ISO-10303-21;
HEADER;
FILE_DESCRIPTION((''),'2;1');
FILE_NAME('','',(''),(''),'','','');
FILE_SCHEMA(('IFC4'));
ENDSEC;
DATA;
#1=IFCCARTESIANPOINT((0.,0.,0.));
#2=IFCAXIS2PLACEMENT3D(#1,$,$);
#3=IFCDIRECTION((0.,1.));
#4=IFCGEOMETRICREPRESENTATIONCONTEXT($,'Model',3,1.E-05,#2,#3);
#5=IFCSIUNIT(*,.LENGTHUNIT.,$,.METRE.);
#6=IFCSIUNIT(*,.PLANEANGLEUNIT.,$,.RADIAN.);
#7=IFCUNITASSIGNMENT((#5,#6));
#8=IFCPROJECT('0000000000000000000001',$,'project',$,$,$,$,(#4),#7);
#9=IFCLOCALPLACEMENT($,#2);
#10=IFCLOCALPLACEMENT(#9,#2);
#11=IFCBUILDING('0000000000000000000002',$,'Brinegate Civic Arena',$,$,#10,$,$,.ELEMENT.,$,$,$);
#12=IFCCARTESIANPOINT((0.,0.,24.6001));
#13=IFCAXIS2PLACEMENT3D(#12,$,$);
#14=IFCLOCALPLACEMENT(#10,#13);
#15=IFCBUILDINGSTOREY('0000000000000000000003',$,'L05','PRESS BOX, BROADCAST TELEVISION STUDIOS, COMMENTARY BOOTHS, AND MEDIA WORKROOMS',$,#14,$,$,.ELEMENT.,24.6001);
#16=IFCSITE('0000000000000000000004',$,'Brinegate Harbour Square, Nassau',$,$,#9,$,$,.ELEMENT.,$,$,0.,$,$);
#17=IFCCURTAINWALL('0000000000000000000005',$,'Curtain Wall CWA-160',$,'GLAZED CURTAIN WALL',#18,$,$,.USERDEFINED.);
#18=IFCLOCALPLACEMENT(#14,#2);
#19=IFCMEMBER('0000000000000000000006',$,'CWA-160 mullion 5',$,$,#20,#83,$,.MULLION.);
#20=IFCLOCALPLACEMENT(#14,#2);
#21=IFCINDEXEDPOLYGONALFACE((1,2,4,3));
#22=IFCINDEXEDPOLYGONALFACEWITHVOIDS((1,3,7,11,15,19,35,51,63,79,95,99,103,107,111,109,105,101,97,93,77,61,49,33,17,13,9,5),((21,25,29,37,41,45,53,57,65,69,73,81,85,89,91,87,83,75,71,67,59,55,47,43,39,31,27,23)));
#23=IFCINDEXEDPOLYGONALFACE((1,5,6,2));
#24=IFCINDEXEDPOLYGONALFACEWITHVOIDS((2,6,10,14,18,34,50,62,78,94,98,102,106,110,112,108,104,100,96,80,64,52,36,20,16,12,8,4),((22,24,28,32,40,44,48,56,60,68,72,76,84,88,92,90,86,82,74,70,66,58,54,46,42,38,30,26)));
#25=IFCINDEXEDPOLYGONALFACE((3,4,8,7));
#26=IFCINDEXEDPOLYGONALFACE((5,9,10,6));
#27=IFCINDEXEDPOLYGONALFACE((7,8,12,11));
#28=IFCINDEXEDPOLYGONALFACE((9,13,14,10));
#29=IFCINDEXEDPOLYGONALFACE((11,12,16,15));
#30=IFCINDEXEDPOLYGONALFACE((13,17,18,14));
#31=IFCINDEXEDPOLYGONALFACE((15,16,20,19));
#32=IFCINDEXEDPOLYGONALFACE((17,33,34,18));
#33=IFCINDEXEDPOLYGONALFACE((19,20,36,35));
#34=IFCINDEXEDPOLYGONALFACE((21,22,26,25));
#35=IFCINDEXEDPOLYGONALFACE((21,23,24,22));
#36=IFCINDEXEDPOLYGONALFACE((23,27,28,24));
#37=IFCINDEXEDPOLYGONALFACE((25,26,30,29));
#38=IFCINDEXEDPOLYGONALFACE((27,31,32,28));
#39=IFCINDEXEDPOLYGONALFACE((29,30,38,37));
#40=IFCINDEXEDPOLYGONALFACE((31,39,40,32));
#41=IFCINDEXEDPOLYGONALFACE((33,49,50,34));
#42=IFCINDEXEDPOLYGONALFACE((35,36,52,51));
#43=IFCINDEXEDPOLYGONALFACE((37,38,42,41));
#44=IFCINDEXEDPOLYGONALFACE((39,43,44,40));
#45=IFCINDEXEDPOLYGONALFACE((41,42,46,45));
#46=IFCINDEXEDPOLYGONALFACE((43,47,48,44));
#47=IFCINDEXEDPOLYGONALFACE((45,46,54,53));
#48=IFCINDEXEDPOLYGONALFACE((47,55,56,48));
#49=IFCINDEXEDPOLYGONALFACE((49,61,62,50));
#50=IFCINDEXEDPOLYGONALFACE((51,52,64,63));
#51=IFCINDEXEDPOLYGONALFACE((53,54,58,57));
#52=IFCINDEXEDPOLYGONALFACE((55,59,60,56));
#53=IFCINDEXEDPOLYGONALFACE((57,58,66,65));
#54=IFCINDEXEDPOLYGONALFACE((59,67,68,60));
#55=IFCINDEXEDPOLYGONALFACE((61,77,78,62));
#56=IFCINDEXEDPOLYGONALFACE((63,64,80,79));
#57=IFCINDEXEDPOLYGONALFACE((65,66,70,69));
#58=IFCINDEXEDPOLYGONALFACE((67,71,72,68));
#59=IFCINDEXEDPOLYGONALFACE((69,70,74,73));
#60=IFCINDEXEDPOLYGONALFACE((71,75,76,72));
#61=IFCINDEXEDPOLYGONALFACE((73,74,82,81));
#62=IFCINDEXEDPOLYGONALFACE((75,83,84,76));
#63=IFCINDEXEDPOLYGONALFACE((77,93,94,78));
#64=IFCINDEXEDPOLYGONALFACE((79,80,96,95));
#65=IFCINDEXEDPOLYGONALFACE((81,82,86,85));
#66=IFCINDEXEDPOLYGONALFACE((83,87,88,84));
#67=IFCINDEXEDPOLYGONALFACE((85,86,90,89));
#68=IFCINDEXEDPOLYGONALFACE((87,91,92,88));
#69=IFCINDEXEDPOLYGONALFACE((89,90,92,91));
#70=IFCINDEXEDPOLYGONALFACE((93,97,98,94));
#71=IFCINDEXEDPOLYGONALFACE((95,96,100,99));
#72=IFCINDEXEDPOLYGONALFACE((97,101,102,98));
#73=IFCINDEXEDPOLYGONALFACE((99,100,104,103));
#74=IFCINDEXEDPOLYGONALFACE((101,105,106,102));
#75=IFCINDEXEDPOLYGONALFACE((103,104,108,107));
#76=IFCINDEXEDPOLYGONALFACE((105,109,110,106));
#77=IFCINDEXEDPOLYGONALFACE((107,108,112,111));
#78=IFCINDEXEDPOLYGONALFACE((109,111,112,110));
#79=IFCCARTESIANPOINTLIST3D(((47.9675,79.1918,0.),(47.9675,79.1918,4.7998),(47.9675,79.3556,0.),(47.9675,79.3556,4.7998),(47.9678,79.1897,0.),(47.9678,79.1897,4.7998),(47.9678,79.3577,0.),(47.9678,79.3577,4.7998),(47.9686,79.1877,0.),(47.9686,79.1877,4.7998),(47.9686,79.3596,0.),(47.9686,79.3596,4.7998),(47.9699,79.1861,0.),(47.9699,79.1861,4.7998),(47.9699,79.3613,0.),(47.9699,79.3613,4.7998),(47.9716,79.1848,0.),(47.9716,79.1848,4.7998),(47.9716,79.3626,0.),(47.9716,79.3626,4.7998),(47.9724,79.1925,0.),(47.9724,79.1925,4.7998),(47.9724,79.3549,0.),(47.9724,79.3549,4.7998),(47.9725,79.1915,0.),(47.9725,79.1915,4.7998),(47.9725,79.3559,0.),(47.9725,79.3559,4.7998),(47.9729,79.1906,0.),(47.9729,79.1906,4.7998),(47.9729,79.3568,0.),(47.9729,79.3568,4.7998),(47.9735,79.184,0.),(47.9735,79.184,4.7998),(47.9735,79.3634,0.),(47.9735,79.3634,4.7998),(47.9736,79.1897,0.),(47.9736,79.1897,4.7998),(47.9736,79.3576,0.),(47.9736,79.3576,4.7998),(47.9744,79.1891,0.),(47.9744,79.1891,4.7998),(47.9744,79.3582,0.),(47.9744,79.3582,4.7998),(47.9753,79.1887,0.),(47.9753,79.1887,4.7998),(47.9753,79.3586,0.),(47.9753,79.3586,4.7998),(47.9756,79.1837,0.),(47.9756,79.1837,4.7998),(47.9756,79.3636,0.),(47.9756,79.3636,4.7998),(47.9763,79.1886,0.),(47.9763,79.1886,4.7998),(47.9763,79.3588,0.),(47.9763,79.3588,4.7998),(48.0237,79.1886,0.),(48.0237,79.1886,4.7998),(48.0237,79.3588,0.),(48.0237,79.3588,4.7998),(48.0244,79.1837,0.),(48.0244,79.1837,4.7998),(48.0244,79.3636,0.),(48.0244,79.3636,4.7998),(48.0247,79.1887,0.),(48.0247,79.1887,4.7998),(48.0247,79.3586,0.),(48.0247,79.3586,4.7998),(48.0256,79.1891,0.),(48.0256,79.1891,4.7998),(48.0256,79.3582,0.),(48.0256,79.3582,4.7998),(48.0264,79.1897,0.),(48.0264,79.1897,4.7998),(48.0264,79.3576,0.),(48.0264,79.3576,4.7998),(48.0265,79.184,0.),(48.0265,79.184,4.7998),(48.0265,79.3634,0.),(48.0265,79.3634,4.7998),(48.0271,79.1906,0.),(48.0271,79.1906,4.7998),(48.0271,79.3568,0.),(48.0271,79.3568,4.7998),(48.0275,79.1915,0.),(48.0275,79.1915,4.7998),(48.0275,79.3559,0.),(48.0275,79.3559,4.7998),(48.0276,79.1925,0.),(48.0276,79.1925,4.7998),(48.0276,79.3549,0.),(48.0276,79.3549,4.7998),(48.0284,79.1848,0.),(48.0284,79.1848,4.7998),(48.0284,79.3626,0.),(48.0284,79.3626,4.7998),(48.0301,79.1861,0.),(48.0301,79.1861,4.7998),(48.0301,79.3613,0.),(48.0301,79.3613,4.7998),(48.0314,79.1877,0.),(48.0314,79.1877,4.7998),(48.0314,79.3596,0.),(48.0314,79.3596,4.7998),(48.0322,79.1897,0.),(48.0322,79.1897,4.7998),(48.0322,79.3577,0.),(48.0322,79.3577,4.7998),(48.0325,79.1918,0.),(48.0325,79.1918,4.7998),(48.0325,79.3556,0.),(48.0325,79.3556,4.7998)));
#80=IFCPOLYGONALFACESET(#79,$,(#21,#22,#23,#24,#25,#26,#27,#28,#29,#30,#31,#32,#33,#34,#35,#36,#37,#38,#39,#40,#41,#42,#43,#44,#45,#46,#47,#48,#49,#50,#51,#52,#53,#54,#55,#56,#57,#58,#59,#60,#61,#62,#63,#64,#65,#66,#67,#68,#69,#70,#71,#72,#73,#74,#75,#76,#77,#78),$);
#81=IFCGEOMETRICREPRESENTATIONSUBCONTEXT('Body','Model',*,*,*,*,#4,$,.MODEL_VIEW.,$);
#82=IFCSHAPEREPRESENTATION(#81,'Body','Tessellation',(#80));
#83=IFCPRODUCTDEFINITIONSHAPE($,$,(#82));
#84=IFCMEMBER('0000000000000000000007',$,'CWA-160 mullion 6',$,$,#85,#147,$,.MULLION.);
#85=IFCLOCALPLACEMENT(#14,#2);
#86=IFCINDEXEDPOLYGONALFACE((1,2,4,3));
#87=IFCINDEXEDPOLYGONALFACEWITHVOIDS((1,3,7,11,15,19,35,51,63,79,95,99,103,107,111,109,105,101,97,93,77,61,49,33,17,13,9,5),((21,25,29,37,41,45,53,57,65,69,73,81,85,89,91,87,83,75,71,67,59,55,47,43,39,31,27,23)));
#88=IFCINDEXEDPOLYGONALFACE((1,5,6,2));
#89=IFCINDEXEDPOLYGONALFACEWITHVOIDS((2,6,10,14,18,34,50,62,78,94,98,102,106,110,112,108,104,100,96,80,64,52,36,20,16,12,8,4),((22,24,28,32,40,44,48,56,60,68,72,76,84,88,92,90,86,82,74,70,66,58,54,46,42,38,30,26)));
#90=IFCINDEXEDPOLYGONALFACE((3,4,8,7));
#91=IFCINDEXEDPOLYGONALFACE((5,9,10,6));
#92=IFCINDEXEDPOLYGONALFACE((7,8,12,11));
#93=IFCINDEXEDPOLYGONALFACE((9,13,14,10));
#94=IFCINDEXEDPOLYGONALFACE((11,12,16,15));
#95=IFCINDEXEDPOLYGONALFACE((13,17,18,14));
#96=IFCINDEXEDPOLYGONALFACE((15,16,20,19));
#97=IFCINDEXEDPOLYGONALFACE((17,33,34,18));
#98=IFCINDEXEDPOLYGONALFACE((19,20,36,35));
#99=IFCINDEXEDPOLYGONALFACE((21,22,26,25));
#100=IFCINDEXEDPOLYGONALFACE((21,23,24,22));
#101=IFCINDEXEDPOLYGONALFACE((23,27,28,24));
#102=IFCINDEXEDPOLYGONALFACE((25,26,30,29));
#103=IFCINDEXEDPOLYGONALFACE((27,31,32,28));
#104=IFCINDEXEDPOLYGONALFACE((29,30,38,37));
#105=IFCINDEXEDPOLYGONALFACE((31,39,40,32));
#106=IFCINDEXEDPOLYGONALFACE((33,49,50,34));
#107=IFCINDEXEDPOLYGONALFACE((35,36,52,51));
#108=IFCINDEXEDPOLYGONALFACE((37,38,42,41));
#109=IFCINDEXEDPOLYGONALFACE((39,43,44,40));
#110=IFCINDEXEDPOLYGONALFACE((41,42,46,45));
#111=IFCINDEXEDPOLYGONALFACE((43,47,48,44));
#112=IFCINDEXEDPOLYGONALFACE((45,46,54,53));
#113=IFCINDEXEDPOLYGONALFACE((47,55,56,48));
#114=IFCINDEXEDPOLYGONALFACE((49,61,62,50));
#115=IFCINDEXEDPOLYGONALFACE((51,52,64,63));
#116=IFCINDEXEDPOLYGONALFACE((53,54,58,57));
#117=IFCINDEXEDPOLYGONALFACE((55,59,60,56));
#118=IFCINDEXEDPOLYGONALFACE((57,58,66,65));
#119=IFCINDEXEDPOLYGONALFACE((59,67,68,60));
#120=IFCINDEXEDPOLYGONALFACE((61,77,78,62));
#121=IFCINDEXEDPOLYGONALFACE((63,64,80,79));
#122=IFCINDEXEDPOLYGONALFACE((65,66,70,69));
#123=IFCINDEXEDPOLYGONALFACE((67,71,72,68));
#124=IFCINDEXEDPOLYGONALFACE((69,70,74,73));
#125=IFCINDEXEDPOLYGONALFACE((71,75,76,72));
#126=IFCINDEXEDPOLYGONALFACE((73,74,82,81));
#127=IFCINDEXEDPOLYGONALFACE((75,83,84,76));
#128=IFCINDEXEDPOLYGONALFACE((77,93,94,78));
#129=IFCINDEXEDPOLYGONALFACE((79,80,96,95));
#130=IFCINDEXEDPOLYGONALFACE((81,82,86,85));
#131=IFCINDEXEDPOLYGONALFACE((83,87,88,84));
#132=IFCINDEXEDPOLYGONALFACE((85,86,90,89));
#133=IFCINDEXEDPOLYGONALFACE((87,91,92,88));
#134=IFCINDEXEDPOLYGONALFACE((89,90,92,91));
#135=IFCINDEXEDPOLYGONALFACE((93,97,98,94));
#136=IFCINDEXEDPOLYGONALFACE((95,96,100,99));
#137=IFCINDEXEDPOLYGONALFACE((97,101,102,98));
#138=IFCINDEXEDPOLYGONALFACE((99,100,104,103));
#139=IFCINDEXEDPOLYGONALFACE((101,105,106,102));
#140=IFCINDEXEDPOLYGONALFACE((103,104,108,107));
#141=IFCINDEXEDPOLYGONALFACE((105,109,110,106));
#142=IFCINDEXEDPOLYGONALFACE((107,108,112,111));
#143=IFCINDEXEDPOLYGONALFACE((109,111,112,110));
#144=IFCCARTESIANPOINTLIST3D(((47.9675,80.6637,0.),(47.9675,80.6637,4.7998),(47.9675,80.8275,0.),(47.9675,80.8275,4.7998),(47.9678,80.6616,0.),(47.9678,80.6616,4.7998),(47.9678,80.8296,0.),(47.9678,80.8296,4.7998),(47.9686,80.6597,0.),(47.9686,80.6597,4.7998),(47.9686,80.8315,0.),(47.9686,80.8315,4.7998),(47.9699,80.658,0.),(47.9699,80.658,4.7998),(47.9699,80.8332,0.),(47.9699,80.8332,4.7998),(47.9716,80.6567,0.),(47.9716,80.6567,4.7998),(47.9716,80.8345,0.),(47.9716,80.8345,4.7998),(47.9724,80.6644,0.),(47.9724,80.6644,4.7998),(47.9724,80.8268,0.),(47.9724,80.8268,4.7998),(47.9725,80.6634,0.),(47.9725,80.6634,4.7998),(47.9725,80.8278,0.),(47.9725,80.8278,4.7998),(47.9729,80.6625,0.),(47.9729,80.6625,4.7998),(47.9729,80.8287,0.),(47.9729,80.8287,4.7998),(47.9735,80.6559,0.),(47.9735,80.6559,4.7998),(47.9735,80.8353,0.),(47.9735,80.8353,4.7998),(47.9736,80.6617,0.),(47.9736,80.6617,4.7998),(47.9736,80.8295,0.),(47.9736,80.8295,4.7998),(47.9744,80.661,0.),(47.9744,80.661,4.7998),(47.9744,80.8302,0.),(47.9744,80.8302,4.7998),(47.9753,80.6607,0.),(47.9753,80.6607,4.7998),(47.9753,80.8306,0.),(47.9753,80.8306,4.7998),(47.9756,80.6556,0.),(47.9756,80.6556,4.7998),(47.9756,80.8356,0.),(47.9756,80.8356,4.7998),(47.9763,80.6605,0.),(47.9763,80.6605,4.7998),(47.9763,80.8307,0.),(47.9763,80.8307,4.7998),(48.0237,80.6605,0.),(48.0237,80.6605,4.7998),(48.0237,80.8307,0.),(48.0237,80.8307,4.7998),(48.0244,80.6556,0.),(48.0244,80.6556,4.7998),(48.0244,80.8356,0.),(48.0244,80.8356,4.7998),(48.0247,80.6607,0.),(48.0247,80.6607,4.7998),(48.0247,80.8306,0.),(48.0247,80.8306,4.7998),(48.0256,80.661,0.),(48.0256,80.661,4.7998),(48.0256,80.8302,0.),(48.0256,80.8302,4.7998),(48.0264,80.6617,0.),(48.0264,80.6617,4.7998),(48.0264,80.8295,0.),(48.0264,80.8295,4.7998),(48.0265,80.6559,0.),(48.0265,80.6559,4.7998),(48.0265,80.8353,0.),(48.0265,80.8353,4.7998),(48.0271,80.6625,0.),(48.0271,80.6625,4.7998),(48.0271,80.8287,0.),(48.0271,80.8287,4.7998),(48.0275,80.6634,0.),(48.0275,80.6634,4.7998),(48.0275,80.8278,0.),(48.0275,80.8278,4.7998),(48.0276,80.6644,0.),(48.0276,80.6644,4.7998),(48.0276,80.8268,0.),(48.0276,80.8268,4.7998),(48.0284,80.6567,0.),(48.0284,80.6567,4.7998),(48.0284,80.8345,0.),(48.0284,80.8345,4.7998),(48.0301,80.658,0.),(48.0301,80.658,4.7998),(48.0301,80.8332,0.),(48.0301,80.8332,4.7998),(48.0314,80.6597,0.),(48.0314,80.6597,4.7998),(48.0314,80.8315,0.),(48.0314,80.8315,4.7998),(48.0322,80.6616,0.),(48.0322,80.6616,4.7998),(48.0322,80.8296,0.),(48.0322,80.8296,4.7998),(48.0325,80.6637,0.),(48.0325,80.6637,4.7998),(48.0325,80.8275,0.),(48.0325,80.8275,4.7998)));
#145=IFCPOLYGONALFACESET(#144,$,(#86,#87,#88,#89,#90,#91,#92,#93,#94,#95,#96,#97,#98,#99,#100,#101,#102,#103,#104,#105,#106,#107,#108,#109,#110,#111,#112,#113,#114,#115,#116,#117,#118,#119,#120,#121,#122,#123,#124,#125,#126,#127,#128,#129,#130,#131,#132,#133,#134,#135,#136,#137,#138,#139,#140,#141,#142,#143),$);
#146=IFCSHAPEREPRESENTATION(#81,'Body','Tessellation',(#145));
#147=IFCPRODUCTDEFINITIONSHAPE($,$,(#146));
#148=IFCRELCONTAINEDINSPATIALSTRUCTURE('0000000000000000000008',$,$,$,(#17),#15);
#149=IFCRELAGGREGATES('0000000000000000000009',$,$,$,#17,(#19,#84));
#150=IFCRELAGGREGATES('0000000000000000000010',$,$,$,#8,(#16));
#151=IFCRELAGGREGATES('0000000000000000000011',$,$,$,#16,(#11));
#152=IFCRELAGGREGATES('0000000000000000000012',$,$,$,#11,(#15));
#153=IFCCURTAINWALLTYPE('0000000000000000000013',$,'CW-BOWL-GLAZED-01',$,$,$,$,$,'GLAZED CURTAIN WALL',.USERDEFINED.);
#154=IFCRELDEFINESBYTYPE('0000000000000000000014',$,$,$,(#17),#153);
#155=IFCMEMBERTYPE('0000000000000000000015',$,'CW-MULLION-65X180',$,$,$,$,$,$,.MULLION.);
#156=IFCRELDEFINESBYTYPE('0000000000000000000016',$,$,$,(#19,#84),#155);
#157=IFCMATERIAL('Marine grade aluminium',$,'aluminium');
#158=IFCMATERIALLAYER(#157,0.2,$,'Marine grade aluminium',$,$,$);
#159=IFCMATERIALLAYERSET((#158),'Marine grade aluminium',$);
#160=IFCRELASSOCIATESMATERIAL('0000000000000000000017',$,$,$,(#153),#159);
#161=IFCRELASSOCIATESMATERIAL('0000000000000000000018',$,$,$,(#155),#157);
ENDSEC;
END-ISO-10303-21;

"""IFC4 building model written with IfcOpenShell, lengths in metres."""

from ifc_helpers import new_model, si_unit, direction, frame, origin, origin_2d, place, context, subcontext, project, spatial, hollow_rectangle, extrude, material, layer, layer_set, material_profile, profile_set, type_object, element, aggregate, save


model = new_model("IFC4")

# Units and contexts
model_context = context("Model", 3, precision=1e-05, world=origin(), true_north=direction((0.0, 1.0)))
body_context = subcontext(model_context, "Body", "Model", "MODEL_VIEW")
ifc_project = project(units=[si_unit("LENGTHUNIT", "METRE"), si_unit("PLANEANGLEUNIT", "RADIAN")], contexts=[model_context])

# Site, building, storey
site_placement = place(None, origin())
site = spatial("IfcSite", under=ifc_project, at=site_placement, Name="Brinegate Harbour Square, Nassau", CompositionType="ELEMENT", RefElevation=0.0)
building_placement = place(site_placement, origin())
building = spatial("IfcBuilding", under=site, at=building_placement, Name="Brinegate Civic Arena", CompositionType="ELEMENT")
storey_placement = place(building_placement, frame((0.0, 0.0, 24.6001)))
storey = spatial("IfcBuildingStorey", under=building, at=storey_placement, Name="L05", Description="PRESS BOX, BROADCAST TELEVISION STUDIOS, COMMENTARY BOOTHS, AND MEDIA WORKROOMS", CompositionType="ELEMENT", Elevation=24.6001)

# Curtain wall, members
ifc_material_1 = material(Name="Marine grade aluminium", Category="aluminium")
ifc_layer_1 = layer(ifc_material_1, 0.2, Name="Marine grade aluminium")
ifc_layer_set_1 = layer_set([ifc_layer_1], Name="Marine grade aluminium")
curtain_wall_type = type_object("IfcCurtainWallType", Name="CW-BOWL-GLAZED-01", ElementType="GLAZED CURTAIN WALL", PredefinedType="USERDEFINED", material=ifc_layer_set_1)
curtain_wall_placement = place(storey_placement, origin())
curtain_wall = element("IfcCurtainWall", 1, at=curtain_wall_placement, inside=storey, type_object=curtain_wall_type, Name="Curtain Wall CWA-160", ObjectType="GLAZED CURTAIN WALL", PredefinedType="USERDEFINED")
ifc_material_profile_1 = material_profile(ifc_material_1, hollow_rectangle(XDim=0.0649, YDim=0.1799, WallThickness=0.0049, InnerFilletRadius=0.0039, OuterFilletRadius=0.0081, at=origin_2d()), Name="MUL65X180")
ifc_profile_set_1 = profile_set([ifc_material_profile_1], Name="Marine grade aluminium")
member_type_1 = type_object("IfcMemberType", Name="CW-MULLION-65X180", PredefinedType="MULLION", material=ifc_profile_set_1)
member_1_placement = place(storey_placement, frame((48.0, 79.2737, 0.0), z_axis=(0.0, 0.0, 1.0), x_axis=(-1.0, 0.0, 0.0)))
member_1 = element("IfcMember", 2, at=member_1_placement, type_object=member_type_1, Name="CWA-160 mullion 5", PredefinedType="MULLION", context=body_context, shape_type="SweptSolid", body=[
    extrude(hollow_rectangle(XDim=0.0649, YDim=0.1799, WallThickness=0.0049, InnerFilletRadius=0.0039, OuterFilletRadius=0.0081, at=origin_2d()), origin(), (0.0, 0.0, 1.0), 4.7998),
])
member_2_placement = place(storey_placement, frame((48.0, 80.7456, 0.0), z_axis=(0.0, 0.0, 1.0), x_axis=(-1.0, 0.0, 0.0)))
member_2 = element("IfcMember", 3, at=member_2_placement, type_object=member_type_1, Name="CWA-160 mullion 6", PredefinedType="MULLION", context=body_context, shape_type="SweptSolid", body=[
    extrude(hollow_rectangle(XDim=0.0649, YDim=0.1799, WallThickness=0.0049, InnerFilletRadius=0.0039, OuterFilletRadius=0.0081, at=origin_2d()), origin(), (0.0, 0.0, 1.0), 4.7998),
])

aggregate(curtain_wall, [member_1, member_2])

save(model, "model.ifc")
